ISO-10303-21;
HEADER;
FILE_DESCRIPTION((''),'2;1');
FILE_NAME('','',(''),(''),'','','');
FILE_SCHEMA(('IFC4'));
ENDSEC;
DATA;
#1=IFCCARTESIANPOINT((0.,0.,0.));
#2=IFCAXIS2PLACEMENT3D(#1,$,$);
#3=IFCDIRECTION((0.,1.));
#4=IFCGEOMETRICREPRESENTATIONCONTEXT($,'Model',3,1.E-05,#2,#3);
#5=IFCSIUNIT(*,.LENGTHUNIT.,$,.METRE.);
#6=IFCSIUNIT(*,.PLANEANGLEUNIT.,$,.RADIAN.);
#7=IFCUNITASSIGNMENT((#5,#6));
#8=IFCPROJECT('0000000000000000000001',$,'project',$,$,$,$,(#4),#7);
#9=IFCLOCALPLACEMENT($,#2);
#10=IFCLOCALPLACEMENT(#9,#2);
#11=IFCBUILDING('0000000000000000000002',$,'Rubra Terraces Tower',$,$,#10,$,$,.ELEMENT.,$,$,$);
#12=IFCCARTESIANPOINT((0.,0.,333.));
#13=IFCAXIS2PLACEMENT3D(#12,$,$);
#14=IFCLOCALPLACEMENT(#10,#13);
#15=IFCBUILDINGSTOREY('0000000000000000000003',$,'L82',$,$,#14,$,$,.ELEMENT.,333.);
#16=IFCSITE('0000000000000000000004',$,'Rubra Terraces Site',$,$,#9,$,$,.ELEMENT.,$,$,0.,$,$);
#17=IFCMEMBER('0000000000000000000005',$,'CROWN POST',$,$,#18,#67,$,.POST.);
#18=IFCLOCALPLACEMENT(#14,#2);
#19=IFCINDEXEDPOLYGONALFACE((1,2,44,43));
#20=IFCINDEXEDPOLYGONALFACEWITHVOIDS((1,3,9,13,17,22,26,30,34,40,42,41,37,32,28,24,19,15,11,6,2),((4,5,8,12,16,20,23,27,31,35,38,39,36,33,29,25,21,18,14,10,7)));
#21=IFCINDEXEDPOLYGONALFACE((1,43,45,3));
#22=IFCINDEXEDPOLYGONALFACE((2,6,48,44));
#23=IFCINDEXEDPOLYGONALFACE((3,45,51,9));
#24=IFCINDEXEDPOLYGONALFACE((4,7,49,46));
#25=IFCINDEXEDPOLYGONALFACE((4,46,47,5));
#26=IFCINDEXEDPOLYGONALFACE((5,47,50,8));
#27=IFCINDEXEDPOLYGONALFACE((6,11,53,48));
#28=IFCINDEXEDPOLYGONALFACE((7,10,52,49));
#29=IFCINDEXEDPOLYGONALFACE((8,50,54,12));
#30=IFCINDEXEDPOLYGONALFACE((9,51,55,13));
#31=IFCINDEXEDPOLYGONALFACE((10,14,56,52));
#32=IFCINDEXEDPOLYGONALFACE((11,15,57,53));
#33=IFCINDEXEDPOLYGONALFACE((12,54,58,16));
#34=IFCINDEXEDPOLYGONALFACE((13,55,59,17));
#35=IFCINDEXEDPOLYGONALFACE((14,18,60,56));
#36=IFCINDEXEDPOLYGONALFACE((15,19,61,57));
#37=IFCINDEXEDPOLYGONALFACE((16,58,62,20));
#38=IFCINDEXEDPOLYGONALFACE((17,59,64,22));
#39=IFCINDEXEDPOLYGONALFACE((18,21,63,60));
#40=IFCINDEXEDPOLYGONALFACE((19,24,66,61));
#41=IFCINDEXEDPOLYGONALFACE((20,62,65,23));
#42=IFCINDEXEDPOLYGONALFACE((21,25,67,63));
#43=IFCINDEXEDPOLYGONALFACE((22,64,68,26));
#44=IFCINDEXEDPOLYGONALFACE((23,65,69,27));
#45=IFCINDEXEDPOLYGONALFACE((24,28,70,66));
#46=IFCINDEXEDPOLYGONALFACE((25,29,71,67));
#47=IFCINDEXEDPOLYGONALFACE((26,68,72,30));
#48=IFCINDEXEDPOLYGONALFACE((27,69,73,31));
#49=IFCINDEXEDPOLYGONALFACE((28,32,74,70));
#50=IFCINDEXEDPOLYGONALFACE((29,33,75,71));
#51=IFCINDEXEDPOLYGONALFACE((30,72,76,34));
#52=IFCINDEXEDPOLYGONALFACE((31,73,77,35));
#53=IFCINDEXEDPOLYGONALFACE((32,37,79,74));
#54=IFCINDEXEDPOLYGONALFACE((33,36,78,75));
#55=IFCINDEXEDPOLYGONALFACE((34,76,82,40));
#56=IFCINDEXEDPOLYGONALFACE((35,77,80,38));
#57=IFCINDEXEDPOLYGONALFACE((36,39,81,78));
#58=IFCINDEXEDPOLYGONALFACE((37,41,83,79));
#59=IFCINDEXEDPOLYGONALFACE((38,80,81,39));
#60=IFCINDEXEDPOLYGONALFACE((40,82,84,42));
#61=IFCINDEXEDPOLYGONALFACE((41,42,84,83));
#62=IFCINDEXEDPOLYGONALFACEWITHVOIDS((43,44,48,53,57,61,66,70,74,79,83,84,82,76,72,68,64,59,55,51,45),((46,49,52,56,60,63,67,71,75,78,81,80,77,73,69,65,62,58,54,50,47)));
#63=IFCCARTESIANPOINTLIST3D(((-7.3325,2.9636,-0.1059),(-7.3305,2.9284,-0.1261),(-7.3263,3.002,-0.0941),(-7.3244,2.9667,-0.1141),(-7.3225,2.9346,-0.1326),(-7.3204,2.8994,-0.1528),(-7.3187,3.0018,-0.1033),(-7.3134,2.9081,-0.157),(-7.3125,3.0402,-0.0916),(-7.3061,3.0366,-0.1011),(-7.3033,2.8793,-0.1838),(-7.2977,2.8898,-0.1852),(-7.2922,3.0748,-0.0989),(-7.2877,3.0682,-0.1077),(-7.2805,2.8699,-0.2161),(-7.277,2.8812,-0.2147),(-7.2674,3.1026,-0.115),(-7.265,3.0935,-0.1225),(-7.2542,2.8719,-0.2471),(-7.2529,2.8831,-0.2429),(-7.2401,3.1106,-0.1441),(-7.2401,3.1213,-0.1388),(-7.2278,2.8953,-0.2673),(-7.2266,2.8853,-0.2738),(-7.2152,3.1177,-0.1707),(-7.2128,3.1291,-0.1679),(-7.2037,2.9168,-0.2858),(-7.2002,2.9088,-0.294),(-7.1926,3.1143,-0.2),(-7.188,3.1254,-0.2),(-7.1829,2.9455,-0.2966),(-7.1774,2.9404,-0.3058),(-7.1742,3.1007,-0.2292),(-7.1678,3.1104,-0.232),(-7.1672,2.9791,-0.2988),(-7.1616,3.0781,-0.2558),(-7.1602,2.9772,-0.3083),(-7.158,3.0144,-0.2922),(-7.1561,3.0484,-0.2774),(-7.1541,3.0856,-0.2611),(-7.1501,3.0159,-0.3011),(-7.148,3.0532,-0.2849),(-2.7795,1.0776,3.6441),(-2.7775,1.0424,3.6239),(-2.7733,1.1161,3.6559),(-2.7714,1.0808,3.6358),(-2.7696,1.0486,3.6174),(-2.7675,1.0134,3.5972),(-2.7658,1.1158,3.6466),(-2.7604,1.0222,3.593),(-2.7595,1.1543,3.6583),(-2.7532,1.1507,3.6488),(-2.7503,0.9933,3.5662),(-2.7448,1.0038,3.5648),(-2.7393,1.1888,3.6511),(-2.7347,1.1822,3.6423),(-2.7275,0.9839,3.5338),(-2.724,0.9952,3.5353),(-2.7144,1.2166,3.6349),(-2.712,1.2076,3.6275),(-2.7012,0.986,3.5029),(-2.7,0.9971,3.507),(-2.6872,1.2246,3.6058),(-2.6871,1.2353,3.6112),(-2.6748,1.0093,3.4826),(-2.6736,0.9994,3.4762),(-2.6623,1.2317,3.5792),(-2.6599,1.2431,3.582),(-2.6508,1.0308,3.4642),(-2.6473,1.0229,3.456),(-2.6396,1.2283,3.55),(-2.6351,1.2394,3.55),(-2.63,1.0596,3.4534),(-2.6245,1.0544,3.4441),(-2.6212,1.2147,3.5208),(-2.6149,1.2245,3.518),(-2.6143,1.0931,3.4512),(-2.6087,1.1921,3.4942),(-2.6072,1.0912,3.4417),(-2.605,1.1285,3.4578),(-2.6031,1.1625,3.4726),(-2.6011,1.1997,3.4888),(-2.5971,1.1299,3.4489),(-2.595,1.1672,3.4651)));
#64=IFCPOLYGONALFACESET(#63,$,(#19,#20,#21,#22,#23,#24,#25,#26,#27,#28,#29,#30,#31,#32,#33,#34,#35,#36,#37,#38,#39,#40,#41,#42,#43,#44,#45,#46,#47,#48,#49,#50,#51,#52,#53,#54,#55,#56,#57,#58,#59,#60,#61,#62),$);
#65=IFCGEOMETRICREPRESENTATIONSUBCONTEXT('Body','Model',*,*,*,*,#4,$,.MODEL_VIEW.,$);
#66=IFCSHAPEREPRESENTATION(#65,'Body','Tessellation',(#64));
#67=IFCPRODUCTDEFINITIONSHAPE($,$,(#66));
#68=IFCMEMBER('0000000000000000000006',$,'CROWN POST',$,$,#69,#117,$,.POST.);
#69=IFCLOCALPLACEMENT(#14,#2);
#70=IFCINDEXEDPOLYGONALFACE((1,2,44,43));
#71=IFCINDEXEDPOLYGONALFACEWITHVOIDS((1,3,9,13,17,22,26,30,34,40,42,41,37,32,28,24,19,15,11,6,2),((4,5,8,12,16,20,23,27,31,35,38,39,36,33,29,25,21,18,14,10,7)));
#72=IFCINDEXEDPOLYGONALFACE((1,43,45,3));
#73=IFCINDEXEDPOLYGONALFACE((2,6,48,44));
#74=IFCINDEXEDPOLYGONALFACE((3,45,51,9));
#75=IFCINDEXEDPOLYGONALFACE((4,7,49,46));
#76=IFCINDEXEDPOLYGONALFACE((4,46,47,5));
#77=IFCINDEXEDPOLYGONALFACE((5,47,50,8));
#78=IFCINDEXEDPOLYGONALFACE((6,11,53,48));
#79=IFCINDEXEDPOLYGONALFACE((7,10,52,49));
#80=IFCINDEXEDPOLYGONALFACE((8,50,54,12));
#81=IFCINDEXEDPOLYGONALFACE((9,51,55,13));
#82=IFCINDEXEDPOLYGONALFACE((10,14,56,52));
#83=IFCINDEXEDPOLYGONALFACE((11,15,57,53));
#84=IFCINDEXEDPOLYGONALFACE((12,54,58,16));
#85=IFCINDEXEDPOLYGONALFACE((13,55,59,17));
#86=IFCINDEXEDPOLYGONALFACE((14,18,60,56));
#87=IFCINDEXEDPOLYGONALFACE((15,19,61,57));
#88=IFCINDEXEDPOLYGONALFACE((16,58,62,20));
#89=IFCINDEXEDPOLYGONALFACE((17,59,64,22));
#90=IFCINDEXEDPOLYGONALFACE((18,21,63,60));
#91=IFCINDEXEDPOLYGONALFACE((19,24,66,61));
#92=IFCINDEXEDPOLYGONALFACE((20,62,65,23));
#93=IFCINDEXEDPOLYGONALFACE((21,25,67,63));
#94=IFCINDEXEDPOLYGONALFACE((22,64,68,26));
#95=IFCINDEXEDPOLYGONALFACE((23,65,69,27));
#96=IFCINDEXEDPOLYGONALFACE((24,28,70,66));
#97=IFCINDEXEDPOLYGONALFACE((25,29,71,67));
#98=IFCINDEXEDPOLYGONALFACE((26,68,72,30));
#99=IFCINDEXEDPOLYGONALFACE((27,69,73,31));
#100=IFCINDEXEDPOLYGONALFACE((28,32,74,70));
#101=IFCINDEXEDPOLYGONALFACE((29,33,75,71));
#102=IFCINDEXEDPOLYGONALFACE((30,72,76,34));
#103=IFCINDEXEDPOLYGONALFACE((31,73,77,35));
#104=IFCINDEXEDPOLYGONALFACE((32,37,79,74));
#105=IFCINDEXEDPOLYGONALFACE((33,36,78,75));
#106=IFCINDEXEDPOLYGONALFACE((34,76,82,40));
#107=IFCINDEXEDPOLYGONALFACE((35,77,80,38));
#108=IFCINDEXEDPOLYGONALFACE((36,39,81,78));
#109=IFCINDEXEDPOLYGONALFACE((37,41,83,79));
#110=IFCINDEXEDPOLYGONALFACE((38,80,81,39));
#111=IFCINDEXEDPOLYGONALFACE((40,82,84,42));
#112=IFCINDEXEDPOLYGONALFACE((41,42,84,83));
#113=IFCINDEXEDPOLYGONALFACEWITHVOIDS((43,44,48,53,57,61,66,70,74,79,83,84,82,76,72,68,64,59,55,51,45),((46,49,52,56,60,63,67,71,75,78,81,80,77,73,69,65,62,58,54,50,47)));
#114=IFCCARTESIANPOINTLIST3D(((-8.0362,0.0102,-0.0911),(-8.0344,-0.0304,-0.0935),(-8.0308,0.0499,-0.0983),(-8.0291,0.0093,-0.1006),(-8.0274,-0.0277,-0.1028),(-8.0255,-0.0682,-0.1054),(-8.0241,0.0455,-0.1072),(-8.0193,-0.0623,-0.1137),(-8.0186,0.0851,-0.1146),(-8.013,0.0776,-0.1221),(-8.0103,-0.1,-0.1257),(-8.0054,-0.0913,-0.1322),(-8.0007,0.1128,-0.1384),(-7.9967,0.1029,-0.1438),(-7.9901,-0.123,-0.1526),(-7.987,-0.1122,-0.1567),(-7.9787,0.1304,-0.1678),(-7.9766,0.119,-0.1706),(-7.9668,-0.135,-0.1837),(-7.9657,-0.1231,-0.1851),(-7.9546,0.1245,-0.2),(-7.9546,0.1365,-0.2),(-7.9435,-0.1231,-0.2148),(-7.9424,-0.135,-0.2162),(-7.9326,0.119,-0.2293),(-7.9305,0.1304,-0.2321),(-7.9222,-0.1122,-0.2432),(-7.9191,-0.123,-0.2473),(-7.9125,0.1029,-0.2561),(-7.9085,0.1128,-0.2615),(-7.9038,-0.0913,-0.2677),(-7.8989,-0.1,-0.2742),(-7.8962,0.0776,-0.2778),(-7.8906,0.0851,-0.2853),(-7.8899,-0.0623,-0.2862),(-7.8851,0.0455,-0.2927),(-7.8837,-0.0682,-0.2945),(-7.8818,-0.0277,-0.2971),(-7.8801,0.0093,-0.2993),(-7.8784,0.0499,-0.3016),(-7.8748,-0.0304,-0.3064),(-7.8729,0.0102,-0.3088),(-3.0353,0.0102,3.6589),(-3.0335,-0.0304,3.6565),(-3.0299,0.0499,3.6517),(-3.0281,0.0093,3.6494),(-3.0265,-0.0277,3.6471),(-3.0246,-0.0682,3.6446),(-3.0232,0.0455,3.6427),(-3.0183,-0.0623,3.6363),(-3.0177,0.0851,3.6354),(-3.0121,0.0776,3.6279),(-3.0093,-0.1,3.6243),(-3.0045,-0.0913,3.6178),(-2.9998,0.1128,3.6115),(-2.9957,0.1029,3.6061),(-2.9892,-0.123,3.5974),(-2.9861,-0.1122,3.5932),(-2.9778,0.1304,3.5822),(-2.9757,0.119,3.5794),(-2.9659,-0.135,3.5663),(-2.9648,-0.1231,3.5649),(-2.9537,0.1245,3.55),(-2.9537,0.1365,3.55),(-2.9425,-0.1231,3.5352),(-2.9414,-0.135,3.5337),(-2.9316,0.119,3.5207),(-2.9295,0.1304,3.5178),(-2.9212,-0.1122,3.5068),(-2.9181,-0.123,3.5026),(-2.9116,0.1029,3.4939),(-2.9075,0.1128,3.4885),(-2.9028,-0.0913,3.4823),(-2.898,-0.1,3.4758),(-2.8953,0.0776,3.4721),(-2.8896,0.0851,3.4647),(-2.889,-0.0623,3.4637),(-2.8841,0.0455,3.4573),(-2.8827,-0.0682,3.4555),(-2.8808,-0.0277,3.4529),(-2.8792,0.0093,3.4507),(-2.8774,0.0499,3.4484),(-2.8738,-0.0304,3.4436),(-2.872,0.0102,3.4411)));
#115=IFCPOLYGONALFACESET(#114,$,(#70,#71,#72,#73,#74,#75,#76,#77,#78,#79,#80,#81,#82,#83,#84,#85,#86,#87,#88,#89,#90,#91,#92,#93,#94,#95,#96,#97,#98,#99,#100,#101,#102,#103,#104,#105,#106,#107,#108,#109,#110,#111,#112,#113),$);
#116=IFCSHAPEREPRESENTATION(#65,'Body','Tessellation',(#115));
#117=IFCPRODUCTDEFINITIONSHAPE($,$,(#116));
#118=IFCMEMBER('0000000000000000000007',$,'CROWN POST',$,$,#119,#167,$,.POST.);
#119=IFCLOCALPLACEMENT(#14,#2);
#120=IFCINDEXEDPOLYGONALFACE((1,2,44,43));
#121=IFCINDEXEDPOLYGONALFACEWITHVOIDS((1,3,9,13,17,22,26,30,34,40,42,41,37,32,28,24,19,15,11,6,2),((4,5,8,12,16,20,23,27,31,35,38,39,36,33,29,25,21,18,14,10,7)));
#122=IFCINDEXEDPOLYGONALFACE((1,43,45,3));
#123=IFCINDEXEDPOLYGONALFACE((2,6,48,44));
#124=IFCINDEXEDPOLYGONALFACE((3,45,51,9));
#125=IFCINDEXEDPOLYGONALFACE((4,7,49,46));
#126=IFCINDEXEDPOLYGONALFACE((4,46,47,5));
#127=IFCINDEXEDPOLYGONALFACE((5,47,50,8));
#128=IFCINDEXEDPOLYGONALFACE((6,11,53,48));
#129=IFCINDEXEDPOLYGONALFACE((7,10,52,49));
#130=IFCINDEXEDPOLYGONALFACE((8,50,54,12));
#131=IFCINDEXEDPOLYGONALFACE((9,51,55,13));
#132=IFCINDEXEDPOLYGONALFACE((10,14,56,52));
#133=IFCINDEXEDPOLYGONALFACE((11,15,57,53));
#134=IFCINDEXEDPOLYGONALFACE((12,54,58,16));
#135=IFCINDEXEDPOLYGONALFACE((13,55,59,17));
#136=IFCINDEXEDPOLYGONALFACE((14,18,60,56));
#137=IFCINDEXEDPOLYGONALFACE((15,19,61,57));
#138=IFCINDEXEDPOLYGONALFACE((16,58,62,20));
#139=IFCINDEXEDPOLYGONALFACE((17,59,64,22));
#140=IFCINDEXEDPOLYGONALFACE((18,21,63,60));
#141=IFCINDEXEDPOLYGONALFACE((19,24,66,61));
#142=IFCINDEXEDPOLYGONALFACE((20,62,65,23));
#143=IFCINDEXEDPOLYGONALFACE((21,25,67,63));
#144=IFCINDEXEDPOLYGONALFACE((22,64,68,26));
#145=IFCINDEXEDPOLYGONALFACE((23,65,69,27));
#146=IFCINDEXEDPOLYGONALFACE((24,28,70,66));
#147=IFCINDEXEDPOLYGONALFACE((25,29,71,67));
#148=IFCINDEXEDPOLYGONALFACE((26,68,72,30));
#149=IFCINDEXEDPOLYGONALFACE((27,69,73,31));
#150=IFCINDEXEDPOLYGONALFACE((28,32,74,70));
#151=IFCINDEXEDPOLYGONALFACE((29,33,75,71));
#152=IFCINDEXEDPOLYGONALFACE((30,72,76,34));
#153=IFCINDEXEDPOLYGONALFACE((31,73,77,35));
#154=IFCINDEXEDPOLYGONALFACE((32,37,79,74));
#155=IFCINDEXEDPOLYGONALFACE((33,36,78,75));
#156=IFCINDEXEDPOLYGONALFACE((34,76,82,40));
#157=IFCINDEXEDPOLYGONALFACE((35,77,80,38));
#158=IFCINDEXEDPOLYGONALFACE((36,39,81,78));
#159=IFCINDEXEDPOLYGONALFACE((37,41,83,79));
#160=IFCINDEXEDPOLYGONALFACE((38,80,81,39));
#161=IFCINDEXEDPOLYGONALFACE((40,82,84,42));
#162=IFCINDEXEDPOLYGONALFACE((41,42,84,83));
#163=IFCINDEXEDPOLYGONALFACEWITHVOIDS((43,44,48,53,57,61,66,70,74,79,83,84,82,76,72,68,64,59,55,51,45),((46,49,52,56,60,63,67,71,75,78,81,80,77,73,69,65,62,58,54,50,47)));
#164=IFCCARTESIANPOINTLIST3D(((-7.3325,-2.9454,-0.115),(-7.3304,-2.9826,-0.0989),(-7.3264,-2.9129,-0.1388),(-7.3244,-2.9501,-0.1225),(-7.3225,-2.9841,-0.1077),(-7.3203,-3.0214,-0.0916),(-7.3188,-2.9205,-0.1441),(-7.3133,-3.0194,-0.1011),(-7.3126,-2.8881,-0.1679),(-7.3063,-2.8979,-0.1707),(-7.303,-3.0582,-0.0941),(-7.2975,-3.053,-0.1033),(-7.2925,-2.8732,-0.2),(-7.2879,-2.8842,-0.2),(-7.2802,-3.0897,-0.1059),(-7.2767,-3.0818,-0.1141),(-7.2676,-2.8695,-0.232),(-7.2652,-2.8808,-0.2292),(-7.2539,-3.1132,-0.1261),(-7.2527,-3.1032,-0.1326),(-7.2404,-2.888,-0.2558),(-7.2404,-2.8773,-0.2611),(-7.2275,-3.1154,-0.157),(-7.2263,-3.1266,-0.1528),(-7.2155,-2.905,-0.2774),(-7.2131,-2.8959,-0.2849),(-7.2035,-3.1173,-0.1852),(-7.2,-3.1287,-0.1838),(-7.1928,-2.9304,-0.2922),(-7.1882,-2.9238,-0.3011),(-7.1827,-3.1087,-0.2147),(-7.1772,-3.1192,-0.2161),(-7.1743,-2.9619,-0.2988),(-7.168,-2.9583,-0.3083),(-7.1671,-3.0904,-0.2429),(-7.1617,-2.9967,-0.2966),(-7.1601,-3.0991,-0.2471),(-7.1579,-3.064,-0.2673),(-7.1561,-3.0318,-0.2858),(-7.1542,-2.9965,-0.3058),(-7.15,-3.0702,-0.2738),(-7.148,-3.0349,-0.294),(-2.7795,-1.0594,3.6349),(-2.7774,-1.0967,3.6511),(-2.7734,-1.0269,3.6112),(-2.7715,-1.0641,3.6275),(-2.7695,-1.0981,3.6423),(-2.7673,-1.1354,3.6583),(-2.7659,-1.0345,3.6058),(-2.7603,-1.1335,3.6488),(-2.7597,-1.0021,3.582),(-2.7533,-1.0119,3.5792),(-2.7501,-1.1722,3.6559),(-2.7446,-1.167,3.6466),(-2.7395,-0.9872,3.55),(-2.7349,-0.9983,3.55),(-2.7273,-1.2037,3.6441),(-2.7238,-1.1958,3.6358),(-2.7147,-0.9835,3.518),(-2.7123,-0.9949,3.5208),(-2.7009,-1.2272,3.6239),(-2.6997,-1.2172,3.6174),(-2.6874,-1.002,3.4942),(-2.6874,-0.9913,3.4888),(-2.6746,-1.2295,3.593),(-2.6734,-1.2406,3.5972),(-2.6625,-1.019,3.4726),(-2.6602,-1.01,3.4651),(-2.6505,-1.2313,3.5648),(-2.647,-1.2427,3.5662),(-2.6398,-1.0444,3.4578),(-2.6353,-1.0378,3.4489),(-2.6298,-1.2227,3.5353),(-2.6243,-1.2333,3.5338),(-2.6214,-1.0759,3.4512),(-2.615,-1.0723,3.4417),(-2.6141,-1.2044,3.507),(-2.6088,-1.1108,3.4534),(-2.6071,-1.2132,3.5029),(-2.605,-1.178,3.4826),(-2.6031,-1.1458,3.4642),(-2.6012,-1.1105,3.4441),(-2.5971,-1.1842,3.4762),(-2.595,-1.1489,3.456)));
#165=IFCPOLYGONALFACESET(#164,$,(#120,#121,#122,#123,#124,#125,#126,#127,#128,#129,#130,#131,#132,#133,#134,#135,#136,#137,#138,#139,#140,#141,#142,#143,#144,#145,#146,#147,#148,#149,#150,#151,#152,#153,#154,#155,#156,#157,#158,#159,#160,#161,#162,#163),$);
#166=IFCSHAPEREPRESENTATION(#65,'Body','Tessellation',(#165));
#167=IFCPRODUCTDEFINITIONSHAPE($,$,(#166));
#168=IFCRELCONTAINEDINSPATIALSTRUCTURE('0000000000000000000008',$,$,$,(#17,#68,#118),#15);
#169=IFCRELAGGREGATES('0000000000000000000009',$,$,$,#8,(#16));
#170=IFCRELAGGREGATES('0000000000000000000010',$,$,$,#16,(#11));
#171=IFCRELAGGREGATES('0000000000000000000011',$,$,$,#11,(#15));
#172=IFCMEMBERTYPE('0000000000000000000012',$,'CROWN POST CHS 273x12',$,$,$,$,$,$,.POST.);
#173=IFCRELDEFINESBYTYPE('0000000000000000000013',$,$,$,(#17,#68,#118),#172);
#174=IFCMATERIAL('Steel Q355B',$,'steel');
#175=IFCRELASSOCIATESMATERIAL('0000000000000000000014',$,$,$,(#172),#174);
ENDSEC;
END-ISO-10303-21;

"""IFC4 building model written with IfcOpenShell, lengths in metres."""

from ifc_helpers import new_model, si_unit, direction, frame, origin, origin_2d, place, context, subcontext, project, spatial, hollow_circle, extrude, material, material_profile, profile_set, type_object, element, save


model = new_model("IFC4")

# Units and contexts
model_context = context("Model", 3, precision=1e-05, world=origin(), true_north=direction((0.0, 1.0)))
body_context = subcontext(model_context, "Body", "Model", "MODEL_VIEW")
ifc_project = project(units=[si_unit("LENGTHUNIT", "METRE"), si_unit("PLANEANGLEUNIT", "RADIAN")], contexts=[model_context])

# Site, building, storey
site_placement = place(None, origin())
site = spatial("IfcSite", under=ifc_project, at=site_placement, Name="Rubra Terraces Site", CompositionType="ELEMENT", RefElevation=0.0)
building_placement = place(site_placement, origin())
building = spatial("IfcBuilding", under=site, at=building_placement, Name="Rubra Terraces Tower", CompositionType="ELEMENT")
storey_placement = place(building_placement, frame((0.0, 0.0, 333.0)))
storey = spatial("IfcBuildingStorey", under=building, at=storey_placement, Name="L82", CompositionType="ELEMENT", Elevation=333.0)

# Members
ifc_material_1 = material(Name="Steel Q355B", Category="steel")
ifc_material_profile_1 = material_profile(ifc_material_1, hollow_circle(Radius=0.1365, WallThickness=0.012, at=origin_2d()), Name="CHS 273x12")
ifc_profile_set_1 = profile_set([ifc_material_profile_1], Name="Steel Q355B")
member_type_1 = type_object("IfcMemberType", Name="CROWN POST CHS 273x12", PredefinedType="POST", material=ifc_profile_set_1)
member_1_placement = place(storey_placement, frame((-7.2402, 2.9993, -0.2), z_axis=(0.735222, -0.304552, 0.605555), x_axis=(0.382697, 0.923874, 0.0)))
element("IfcMember", 1, at=member_1_placement, inside=storey, type_object=member_type_1, Name="CROWN POST", PredefinedType="POST", context=body_context, shape_type="SweptSolid", body=[
    extrude(hollow_circle(Radius=0.1365, WallThickness=0.012, at=origin_2d()), origin(), (0.0, 0.0, 1.0), 6.1926),
])
member_2_placement = place(storey_placement, frame((-7.9546, 0.0, -0.2), z_axis=(0.800056, 0.0, 0.599925), x_axis=(0.0, 1.0, 0.0)))
element("IfcMember", 2, at=member_2_placement, inside=storey, type_object=member_type_1, Name="CROWN POST", PredefinedType="POST", context=body_context, shape_type="SweptSolid", body=[
    extrude(hollow_circle(Radius=0.1365, WallThickness=0.012, at=origin_2d()), origin(), (0.0, 0.0, 1.0), 6.2507),
])
member_3_placement = place(storey_placement, frame((-7.2402, -2.9993, -0.2), z_axis=(0.735222, 0.304552, 0.605555), x_axis=(-0.382697, 0.923874, 0.0)))
element("IfcMember", 3, at=member_3_placement, inside=storey, type_object=member_type_1, Name="CROWN POST", PredefinedType="POST", context=body_context, shape_type="SweptSolid", body=[
    extrude(hollow_circle(Radius=0.1365, WallThickness=0.012, at=origin_2d()), origin(), (0.0, 0.0, 1.0), 6.1926),
])

save(model, "model.ifc")
